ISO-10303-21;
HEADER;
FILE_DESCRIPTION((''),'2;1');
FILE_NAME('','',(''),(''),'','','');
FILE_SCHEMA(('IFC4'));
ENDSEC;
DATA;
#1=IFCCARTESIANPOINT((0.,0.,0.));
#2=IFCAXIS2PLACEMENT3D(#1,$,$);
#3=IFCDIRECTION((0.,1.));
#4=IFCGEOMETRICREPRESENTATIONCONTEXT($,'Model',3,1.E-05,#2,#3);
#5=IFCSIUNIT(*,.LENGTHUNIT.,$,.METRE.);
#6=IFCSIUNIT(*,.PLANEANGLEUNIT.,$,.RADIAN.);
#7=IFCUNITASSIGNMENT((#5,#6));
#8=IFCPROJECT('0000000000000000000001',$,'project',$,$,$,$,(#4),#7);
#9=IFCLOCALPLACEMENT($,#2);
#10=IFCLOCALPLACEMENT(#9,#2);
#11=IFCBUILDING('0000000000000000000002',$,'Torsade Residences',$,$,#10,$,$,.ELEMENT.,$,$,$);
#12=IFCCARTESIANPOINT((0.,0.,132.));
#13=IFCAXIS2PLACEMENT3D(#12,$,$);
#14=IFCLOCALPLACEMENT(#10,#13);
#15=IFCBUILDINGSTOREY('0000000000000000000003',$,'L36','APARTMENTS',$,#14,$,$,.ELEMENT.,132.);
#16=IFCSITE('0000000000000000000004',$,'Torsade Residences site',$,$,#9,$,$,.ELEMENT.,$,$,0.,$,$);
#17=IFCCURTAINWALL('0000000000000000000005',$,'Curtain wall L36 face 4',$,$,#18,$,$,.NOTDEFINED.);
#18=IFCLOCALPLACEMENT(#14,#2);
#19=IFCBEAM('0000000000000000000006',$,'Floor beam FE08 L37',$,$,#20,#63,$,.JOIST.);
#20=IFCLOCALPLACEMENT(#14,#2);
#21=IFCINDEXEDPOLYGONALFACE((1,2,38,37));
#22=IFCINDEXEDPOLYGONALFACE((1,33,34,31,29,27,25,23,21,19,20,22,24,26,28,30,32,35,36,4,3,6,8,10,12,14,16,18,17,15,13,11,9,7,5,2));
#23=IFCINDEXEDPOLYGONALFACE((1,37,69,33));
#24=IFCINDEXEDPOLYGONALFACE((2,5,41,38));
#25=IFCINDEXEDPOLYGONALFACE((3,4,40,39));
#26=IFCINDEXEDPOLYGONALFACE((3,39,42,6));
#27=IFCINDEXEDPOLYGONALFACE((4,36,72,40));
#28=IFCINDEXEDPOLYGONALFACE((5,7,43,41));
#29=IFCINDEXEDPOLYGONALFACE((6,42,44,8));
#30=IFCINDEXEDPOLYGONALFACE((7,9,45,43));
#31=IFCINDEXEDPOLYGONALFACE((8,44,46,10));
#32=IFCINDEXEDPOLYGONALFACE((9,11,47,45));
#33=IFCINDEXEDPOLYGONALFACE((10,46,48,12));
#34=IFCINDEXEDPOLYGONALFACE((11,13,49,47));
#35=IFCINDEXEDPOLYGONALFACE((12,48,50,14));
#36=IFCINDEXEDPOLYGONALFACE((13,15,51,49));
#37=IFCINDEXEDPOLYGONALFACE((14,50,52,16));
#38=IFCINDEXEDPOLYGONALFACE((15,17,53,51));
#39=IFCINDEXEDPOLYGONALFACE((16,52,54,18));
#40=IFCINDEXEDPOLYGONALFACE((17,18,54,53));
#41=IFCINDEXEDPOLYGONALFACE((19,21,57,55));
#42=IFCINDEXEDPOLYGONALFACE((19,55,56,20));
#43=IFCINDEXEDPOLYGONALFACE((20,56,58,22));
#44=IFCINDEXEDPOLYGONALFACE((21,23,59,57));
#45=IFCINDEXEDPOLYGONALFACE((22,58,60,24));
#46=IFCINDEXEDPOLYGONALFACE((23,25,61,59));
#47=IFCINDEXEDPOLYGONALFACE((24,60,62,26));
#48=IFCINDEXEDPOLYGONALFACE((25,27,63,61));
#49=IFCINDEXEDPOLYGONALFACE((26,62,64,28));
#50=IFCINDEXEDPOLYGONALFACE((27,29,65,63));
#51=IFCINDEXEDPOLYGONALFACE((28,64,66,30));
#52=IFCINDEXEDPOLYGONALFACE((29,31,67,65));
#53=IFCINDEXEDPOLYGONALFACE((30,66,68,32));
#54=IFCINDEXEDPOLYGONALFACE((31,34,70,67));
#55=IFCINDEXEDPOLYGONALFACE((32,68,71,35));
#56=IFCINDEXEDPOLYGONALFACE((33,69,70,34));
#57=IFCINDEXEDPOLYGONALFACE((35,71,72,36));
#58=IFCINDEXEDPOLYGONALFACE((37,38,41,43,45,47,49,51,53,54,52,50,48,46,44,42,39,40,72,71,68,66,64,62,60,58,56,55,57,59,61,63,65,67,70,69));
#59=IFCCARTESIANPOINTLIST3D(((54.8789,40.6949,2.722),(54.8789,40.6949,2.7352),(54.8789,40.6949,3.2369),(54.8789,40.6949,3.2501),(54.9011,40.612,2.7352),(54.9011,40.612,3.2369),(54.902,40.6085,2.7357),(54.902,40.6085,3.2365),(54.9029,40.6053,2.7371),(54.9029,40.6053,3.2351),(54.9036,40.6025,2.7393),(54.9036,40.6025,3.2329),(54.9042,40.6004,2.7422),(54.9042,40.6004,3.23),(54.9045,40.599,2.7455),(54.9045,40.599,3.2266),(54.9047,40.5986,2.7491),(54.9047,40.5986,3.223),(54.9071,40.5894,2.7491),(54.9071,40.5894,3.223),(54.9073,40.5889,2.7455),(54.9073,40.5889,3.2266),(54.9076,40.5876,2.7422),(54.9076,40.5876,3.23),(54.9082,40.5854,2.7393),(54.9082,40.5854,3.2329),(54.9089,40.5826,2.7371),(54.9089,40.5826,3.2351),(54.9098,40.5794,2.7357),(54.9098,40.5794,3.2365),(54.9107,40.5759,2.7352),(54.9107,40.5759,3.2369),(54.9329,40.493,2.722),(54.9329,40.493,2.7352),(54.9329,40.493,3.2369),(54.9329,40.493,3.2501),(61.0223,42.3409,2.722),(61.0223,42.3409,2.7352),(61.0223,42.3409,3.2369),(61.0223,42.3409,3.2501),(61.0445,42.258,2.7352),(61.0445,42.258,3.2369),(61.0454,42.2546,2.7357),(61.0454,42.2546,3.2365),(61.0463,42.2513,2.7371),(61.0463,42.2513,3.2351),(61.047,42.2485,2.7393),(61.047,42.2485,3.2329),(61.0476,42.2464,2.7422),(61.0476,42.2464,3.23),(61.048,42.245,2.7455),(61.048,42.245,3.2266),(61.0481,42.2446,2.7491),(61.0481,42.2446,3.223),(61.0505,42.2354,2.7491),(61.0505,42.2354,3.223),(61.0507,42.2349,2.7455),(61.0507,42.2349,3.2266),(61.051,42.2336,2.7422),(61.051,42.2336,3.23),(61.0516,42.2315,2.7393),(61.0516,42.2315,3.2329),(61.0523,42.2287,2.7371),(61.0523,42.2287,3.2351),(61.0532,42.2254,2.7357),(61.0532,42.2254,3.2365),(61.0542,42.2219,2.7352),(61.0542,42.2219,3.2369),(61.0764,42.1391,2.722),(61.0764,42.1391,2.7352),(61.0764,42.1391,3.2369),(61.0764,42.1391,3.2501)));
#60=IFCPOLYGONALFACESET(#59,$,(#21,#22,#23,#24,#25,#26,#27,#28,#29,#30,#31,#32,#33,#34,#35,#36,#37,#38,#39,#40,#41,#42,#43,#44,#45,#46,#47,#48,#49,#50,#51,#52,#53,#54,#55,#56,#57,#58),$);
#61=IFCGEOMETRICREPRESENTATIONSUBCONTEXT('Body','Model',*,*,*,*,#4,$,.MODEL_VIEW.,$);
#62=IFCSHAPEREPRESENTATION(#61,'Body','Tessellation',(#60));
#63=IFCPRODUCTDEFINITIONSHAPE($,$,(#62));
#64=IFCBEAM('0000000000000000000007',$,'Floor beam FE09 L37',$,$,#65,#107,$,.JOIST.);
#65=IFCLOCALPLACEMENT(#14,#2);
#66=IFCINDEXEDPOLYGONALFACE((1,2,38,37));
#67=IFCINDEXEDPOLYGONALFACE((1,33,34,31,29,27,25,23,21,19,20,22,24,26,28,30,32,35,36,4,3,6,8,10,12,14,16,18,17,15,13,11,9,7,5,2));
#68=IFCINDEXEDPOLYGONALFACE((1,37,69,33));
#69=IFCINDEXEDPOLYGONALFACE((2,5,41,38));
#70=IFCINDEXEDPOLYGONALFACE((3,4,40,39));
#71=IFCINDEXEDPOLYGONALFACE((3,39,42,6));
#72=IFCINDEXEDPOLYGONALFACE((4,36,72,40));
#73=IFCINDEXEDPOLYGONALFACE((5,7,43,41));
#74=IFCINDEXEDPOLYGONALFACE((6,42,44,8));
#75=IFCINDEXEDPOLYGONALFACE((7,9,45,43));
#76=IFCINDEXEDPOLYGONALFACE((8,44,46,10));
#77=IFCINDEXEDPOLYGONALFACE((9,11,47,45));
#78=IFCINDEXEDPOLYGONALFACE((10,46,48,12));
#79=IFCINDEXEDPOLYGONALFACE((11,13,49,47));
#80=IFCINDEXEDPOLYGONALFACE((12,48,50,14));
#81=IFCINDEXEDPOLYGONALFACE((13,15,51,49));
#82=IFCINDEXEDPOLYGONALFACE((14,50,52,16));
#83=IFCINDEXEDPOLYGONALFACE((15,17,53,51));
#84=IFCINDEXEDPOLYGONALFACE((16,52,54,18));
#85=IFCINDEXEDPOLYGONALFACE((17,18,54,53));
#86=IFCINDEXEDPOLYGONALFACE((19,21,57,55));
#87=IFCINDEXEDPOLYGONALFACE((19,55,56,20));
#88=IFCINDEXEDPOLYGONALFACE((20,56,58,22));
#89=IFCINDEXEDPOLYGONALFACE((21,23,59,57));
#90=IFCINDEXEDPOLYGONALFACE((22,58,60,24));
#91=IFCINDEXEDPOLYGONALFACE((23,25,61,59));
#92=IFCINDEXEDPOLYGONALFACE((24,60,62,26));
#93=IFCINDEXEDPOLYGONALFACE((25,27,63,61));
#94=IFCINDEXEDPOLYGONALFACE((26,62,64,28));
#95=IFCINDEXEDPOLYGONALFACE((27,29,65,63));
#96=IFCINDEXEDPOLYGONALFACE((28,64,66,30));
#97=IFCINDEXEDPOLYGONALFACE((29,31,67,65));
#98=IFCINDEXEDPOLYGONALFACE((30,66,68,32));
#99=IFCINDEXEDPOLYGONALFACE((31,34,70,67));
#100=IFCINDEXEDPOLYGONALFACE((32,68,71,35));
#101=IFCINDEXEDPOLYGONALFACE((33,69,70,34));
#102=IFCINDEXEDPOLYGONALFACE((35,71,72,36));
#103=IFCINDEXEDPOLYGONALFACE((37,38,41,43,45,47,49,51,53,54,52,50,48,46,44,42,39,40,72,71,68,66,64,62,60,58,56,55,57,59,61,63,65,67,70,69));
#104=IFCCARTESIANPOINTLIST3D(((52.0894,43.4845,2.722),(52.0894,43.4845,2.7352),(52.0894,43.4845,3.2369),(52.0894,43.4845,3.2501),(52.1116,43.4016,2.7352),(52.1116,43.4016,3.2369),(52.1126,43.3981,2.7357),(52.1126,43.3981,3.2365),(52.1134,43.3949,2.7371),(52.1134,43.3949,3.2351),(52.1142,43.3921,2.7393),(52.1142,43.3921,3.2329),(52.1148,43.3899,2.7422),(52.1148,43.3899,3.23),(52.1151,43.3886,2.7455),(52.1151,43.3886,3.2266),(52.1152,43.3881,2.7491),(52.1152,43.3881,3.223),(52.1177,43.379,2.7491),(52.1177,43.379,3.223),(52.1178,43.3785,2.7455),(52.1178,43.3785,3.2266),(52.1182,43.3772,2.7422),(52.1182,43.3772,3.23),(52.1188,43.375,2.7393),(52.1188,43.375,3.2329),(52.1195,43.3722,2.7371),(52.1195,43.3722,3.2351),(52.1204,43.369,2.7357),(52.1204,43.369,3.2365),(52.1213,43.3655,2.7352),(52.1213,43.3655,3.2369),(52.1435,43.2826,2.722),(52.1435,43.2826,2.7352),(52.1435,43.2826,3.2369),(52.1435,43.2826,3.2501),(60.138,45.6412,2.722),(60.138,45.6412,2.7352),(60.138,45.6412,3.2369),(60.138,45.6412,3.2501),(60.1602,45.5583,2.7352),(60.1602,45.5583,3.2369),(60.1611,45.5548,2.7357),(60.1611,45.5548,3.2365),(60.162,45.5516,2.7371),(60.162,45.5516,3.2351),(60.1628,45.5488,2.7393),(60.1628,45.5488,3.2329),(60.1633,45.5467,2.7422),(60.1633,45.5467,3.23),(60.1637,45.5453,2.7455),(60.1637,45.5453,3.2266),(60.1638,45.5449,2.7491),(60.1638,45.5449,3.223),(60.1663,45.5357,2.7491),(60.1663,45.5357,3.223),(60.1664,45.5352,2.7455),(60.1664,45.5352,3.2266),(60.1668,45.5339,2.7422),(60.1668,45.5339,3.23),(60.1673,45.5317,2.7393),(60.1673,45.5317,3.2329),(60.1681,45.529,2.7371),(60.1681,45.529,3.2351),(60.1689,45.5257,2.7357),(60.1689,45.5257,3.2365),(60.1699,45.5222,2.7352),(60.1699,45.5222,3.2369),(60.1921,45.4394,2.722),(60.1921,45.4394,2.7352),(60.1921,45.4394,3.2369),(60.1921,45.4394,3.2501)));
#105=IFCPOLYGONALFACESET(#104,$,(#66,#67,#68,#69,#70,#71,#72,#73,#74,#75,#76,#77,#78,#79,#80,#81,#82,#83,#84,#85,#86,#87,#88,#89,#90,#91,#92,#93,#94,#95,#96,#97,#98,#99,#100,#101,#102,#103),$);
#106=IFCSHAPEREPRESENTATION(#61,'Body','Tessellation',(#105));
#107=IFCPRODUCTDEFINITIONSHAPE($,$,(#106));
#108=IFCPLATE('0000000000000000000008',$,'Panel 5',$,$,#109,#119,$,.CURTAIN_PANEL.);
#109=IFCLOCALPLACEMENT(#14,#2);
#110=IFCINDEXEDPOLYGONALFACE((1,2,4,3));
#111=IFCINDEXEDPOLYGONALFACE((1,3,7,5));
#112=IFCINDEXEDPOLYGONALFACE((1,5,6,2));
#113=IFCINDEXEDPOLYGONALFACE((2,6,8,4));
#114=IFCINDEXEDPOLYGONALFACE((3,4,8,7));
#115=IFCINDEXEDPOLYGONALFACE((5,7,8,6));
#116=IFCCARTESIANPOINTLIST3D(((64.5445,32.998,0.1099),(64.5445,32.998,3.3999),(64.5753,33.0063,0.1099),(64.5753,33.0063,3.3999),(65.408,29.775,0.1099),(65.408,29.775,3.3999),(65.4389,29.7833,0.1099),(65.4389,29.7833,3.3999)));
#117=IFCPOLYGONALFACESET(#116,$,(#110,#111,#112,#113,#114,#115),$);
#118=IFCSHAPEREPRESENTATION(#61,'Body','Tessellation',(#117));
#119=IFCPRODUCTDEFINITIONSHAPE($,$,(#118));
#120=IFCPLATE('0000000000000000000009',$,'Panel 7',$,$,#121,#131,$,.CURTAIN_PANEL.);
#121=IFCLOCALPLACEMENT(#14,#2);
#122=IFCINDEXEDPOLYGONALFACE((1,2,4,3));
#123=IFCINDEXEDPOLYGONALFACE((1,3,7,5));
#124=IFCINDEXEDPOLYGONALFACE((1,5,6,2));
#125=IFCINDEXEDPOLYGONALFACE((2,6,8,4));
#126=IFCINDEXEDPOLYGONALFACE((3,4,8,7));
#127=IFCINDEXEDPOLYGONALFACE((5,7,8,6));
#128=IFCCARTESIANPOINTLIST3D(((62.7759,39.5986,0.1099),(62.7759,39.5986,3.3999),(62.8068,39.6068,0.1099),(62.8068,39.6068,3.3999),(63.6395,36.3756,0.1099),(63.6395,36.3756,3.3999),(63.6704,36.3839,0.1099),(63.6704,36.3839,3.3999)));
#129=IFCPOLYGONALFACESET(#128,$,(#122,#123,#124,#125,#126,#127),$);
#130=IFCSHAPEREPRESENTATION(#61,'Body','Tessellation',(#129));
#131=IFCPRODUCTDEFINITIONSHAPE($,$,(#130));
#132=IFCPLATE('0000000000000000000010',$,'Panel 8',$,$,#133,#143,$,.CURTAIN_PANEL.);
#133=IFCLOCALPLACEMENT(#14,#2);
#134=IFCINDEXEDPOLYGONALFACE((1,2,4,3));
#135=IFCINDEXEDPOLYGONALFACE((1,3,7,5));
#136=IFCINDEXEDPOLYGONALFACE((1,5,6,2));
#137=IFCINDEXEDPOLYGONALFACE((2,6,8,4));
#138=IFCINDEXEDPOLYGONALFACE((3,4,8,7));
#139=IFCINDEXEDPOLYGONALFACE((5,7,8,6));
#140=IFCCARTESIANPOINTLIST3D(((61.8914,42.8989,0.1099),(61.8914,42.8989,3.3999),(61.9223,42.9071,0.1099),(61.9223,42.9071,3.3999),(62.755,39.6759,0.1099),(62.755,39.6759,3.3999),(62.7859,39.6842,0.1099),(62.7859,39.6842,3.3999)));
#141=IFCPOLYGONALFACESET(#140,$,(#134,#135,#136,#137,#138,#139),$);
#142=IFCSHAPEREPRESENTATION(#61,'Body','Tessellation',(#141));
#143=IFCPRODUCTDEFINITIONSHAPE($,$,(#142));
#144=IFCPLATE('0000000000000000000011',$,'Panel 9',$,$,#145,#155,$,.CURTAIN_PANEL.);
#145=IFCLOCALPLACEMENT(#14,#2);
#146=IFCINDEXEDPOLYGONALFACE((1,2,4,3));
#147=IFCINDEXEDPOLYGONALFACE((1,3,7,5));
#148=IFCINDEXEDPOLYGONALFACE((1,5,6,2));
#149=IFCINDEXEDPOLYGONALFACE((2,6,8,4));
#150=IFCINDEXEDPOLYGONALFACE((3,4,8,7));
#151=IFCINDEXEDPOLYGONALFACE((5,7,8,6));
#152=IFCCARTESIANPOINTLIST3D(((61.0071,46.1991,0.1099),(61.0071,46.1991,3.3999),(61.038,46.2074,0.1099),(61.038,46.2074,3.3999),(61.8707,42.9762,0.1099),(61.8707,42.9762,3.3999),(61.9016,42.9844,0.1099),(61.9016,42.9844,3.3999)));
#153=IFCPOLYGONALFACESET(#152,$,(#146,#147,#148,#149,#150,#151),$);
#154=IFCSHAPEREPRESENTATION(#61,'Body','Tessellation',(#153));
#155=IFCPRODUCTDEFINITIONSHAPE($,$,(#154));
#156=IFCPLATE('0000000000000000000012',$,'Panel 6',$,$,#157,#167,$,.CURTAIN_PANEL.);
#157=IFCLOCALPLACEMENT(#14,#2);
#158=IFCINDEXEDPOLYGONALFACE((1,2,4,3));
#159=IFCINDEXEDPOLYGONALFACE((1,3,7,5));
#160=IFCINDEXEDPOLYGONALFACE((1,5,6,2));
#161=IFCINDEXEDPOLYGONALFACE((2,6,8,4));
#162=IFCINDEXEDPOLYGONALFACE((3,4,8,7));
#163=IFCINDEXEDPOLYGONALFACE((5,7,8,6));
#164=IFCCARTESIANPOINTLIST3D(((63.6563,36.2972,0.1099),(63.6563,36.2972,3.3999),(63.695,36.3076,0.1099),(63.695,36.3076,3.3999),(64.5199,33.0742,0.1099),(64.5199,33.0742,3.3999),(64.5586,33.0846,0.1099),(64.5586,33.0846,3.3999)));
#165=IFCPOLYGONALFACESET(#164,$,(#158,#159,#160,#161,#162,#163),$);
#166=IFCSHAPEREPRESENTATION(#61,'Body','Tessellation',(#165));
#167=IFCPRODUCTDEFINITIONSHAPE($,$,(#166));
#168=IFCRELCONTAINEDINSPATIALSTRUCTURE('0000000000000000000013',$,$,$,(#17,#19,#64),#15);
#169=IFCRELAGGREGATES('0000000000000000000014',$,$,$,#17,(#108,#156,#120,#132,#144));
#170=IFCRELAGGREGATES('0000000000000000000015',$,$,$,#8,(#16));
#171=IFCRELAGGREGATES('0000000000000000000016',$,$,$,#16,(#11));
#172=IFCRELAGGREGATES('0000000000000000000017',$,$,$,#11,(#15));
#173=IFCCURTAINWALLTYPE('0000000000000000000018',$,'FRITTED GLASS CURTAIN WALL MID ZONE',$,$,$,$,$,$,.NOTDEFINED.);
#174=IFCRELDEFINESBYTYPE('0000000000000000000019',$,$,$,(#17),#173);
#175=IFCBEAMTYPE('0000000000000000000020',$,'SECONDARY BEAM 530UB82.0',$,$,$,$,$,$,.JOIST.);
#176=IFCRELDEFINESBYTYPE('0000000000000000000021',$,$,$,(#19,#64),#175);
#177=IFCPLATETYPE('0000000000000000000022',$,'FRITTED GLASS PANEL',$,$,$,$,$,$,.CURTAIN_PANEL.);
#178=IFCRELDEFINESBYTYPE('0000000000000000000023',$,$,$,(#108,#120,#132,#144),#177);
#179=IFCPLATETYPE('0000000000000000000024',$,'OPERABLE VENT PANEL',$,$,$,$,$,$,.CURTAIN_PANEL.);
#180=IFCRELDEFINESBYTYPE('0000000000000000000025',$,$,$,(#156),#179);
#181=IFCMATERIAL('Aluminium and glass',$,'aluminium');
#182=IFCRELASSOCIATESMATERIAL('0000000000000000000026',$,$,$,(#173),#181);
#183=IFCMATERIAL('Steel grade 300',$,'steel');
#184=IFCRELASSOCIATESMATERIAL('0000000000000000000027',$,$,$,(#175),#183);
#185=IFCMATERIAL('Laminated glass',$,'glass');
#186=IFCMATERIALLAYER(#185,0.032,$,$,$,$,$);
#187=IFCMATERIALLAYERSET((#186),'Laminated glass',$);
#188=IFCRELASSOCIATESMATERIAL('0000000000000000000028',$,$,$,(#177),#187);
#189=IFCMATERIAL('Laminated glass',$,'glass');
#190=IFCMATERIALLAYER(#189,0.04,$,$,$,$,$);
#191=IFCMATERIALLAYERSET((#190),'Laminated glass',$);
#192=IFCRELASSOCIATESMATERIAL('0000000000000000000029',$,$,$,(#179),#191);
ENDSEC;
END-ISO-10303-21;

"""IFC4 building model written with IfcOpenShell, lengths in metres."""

from ifc_helpers import new_model, si_unit, direction, frame, origin, origin_2d, place, context, subcontext, project, spatial, rectangle, i_section, extrude, material, layer, layer_set, material_profile, profile_set, type_object, element, aggregate, save


model = new_model("IFC4")

# Units and contexts
model_context = context("Model", 3, precision=1e-05, world=origin(), true_north=direction((0.0, 1.0)))
body_context = subcontext(model_context, "Body", "Model", "MODEL_VIEW")
ifc_project = project(units=[si_unit("LENGTHUNIT", "METRE"), si_unit("PLANEANGLEUNIT", "RADIAN")], contexts=[model_context])

# Site, building, storey
site_placement = place(None, origin())
site = spatial("IfcSite", under=ifc_project, at=site_placement, Name="Torsade Residences site", CompositionType="ELEMENT", RefElevation=0.0)
building_placement = place(site_placement, origin())
building = spatial("IfcBuilding", under=site, at=building_placement, Name="Torsade Residences", CompositionType="ELEMENT")
storey_placement = place(building_placement, frame((0.0, 0.0, 132.0)))
storey = spatial("IfcBuildingStorey", under=building, at=storey_placement, Name="L36", Description="APARTMENTS", CompositionType="ELEMENT", Elevation=132.0)

# Curtain wall
ifc_material_1 = material(Name="Aluminium and glass", Category="aluminium")
curtain_wall_type = type_object("IfcCurtainWallType", Name="FRITTED GLASS CURTAIN WALL MID ZONE", PredefinedType="NOTDEFINED", material=ifc_material_1)
curtain_wall_placement = place(storey_placement, origin())
curtain_wall = element("IfcCurtainWall", 1, at=curtain_wall_placement, inside=storey, type_object=curtain_wall_type, Name="Curtain wall L36 face 4", PredefinedType="NOTDEFINED")

# Beams
ifc_material_2 = material(Name="Steel grade 300", Category="steel")
ifc_material_profile_1 = material_profile(ifc_material_2, i_section(OverallWidth=0.209, OverallDepth=0.5281, WebThickness=0.0095, FlangeThickness=0.0132, FilletRadius=0.0139, at=origin_2d()), Name="530UB82.0")
ifc_profile_set_1 = profile_set([ifc_material_profile_1], Name="Steel grade 300")
beam_type_1 = type_object("IfcBeamType", Name="SECONDARY BEAM 530UB82.0", PredefinedType="JOIST", material=ifc_profile_set_1)
beam_1_placement = place(storey_placement, frame((61.0493, 42.24, 2.9861), z_axis=(-0.96593, -0.258805, 0.0), x_axis=(0.258805, -0.96593, 0.0)))
element("IfcBeam", 2, at=beam_1_placement, inside=storey, type_object=beam_type_1, Name="Floor beam FE08 L37", PredefinedType="JOIST", context=body_context, shape_type="SweptSolid", body=[
    extrude(i_section(OverallWidth=0.209, OverallDepth=0.5281, WebThickness=0.0095, FlangeThickness=0.0132, FilletRadius=0.0139, at=origin_2d()), origin(), (0.0, 0.0, 1.0), 6.3601),
])
beam_2_placement = place(storey_placement, frame((60.165, 45.5403, 2.9861), z_axis=(-0.965922, -0.258833, 0.0), x_axis=(0.258833, -0.965922, 0.0)))
element("IfcBeam", 3, at=beam_2_placement, inside=storey, type_object=beam_type_1, Name="Floor beam FE09 L37", PredefinedType="JOIST", context=body_context, shape_type="SweptSolid", body=[
    extrude(i_section(OverallWidth=0.209, OverallDepth=0.5281, WebThickness=0.0095, FlangeThickness=0.0132, FilletRadius=0.0139, at=origin_2d()), origin(), (0.0, 0.0, 1.0), 8.3325),
])

# Plates
ifc_material_3 = material(Name="Laminated glass", Category="glass")
ifc_layer_1 = layer(ifc_material_3, 0.032)
ifc_layer_set_1 = layer_set([ifc_layer_1], Name="Laminated glass")
plate_type_1 = type_object("IfcPlateType", Name="FRITTED GLASS PANEL", PredefinedType="CURTAIN_PANEL", material=ifc_layer_set_1)
plate_1_placement = place(storey_placement, frame((64.9917, 31.3906, 0.1099), z_axis=(0.0, 0.0, 1.0), x_axis=(-0.258819, 0.965926, 0.0)))
plate_1 = element("IfcPlate", 4, at=plate_1_placement, type_object=plate_type_1, Name="Panel 5", PredefinedType="CURTAIN_PANEL", context=body_context, shape_type="SweptSolid", body=[
    extrude(rectangle(XDim=3.3367, YDim=0.032, at=origin_2d()), origin(), (0.0, 0.0, 1.0), 3.29),
])
plate_2_placement = place(storey_placement, frame((63.2231, 37.9912, 0.1099), z_axis=(0.0, 0.0, 1.0), x_axis=(-0.258819, 0.965926, 0.0)))
plate_2 = element("IfcPlate", 5, at=plate_2_placement, type_object=plate_type_1, Name="Panel 7", PredefinedType="CURTAIN_PANEL", context=body_context, shape_type="SweptSolid", body=[
    extrude(rectangle(XDim=3.3367, YDim=0.032, at=origin_2d()), origin(), (0.0, 0.0, 1.0), 3.29),
])
plate_3_placement = place(storey_placement, frame((62.3386, 41.2915, 0.1099), z_axis=(0.0, 0.0, 1.0), x_axis=(-0.258819, 0.965926, 0.0)))
plate_3 = element("IfcPlate", 6, at=plate_3_placement, type_object=plate_type_1, Name="Panel 8", PredefinedType="CURTAIN_PANEL", context=body_context, shape_type="SweptSolid", body=[
    extrude(rectangle(XDim=3.3367, YDim=0.032, at=origin_2d()), origin(), (0.0, 0.0, 1.0), 3.29),
])
plate_4_placement = place(storey_placement, frame((61.4543, 44.5918, 0.1099), z_axis=(0.0, 0.0, 1.0), x_axis=(-0.258819, 0.965926, 0.0)))
plate_4 = element("IfcPlate", 7, at=plate_4_placement, type_object=plate_type_1, Name="Panel 9", PredefinedType="CURTAIN_PANEL", context=body_context, shape_type="SweptSolid", body=[
    extrude(rectangle(XDim=3.3367, YDim=0.032, at=origin_2d()), origin(), (0.0, 0.0, 1.0), 3.29),
])
ifc_material_4 = material(Name="Laminated glass", Category="glass")
ifc_layer_2 = layer(ifc_material_4, 0.04)
ifc_layer_set_2 = layer_set([ifc_layer_2], Name="Laminated glass")
plate_type_2 = type_object("IfcPlateType", Name="OPERABLE VENT PANEL", PredefinedType="CURTAIN_PANEL", material=ifc_layer_set_2)
plate_5_placement = place(storey_placement, frame((64.1074, 34.6909, 0.1099), z_axis=(0.0, 0.0, 1.0), x_axis=(-0.258819, 0.965926, 0.0)))
plate_5 = element("IfcPlate", 8, at=plate_5_placement, type_object=plate_type_2, Name="Panel 6", PredefinedType="CURTAIN_PANEL", context=body_context, shape_type="SweptSolid", body=[
    extrude(rectangle(XDim=3.3367, YDim=0.04, at=origin_2d()), origin(), (0.0, 0.0, 1.0), 3.29),
])
aggregate(curtain_wall, [plate_1, plate_5, plate_2, plate_3, plate_4])

save(model, "model.ifc")
